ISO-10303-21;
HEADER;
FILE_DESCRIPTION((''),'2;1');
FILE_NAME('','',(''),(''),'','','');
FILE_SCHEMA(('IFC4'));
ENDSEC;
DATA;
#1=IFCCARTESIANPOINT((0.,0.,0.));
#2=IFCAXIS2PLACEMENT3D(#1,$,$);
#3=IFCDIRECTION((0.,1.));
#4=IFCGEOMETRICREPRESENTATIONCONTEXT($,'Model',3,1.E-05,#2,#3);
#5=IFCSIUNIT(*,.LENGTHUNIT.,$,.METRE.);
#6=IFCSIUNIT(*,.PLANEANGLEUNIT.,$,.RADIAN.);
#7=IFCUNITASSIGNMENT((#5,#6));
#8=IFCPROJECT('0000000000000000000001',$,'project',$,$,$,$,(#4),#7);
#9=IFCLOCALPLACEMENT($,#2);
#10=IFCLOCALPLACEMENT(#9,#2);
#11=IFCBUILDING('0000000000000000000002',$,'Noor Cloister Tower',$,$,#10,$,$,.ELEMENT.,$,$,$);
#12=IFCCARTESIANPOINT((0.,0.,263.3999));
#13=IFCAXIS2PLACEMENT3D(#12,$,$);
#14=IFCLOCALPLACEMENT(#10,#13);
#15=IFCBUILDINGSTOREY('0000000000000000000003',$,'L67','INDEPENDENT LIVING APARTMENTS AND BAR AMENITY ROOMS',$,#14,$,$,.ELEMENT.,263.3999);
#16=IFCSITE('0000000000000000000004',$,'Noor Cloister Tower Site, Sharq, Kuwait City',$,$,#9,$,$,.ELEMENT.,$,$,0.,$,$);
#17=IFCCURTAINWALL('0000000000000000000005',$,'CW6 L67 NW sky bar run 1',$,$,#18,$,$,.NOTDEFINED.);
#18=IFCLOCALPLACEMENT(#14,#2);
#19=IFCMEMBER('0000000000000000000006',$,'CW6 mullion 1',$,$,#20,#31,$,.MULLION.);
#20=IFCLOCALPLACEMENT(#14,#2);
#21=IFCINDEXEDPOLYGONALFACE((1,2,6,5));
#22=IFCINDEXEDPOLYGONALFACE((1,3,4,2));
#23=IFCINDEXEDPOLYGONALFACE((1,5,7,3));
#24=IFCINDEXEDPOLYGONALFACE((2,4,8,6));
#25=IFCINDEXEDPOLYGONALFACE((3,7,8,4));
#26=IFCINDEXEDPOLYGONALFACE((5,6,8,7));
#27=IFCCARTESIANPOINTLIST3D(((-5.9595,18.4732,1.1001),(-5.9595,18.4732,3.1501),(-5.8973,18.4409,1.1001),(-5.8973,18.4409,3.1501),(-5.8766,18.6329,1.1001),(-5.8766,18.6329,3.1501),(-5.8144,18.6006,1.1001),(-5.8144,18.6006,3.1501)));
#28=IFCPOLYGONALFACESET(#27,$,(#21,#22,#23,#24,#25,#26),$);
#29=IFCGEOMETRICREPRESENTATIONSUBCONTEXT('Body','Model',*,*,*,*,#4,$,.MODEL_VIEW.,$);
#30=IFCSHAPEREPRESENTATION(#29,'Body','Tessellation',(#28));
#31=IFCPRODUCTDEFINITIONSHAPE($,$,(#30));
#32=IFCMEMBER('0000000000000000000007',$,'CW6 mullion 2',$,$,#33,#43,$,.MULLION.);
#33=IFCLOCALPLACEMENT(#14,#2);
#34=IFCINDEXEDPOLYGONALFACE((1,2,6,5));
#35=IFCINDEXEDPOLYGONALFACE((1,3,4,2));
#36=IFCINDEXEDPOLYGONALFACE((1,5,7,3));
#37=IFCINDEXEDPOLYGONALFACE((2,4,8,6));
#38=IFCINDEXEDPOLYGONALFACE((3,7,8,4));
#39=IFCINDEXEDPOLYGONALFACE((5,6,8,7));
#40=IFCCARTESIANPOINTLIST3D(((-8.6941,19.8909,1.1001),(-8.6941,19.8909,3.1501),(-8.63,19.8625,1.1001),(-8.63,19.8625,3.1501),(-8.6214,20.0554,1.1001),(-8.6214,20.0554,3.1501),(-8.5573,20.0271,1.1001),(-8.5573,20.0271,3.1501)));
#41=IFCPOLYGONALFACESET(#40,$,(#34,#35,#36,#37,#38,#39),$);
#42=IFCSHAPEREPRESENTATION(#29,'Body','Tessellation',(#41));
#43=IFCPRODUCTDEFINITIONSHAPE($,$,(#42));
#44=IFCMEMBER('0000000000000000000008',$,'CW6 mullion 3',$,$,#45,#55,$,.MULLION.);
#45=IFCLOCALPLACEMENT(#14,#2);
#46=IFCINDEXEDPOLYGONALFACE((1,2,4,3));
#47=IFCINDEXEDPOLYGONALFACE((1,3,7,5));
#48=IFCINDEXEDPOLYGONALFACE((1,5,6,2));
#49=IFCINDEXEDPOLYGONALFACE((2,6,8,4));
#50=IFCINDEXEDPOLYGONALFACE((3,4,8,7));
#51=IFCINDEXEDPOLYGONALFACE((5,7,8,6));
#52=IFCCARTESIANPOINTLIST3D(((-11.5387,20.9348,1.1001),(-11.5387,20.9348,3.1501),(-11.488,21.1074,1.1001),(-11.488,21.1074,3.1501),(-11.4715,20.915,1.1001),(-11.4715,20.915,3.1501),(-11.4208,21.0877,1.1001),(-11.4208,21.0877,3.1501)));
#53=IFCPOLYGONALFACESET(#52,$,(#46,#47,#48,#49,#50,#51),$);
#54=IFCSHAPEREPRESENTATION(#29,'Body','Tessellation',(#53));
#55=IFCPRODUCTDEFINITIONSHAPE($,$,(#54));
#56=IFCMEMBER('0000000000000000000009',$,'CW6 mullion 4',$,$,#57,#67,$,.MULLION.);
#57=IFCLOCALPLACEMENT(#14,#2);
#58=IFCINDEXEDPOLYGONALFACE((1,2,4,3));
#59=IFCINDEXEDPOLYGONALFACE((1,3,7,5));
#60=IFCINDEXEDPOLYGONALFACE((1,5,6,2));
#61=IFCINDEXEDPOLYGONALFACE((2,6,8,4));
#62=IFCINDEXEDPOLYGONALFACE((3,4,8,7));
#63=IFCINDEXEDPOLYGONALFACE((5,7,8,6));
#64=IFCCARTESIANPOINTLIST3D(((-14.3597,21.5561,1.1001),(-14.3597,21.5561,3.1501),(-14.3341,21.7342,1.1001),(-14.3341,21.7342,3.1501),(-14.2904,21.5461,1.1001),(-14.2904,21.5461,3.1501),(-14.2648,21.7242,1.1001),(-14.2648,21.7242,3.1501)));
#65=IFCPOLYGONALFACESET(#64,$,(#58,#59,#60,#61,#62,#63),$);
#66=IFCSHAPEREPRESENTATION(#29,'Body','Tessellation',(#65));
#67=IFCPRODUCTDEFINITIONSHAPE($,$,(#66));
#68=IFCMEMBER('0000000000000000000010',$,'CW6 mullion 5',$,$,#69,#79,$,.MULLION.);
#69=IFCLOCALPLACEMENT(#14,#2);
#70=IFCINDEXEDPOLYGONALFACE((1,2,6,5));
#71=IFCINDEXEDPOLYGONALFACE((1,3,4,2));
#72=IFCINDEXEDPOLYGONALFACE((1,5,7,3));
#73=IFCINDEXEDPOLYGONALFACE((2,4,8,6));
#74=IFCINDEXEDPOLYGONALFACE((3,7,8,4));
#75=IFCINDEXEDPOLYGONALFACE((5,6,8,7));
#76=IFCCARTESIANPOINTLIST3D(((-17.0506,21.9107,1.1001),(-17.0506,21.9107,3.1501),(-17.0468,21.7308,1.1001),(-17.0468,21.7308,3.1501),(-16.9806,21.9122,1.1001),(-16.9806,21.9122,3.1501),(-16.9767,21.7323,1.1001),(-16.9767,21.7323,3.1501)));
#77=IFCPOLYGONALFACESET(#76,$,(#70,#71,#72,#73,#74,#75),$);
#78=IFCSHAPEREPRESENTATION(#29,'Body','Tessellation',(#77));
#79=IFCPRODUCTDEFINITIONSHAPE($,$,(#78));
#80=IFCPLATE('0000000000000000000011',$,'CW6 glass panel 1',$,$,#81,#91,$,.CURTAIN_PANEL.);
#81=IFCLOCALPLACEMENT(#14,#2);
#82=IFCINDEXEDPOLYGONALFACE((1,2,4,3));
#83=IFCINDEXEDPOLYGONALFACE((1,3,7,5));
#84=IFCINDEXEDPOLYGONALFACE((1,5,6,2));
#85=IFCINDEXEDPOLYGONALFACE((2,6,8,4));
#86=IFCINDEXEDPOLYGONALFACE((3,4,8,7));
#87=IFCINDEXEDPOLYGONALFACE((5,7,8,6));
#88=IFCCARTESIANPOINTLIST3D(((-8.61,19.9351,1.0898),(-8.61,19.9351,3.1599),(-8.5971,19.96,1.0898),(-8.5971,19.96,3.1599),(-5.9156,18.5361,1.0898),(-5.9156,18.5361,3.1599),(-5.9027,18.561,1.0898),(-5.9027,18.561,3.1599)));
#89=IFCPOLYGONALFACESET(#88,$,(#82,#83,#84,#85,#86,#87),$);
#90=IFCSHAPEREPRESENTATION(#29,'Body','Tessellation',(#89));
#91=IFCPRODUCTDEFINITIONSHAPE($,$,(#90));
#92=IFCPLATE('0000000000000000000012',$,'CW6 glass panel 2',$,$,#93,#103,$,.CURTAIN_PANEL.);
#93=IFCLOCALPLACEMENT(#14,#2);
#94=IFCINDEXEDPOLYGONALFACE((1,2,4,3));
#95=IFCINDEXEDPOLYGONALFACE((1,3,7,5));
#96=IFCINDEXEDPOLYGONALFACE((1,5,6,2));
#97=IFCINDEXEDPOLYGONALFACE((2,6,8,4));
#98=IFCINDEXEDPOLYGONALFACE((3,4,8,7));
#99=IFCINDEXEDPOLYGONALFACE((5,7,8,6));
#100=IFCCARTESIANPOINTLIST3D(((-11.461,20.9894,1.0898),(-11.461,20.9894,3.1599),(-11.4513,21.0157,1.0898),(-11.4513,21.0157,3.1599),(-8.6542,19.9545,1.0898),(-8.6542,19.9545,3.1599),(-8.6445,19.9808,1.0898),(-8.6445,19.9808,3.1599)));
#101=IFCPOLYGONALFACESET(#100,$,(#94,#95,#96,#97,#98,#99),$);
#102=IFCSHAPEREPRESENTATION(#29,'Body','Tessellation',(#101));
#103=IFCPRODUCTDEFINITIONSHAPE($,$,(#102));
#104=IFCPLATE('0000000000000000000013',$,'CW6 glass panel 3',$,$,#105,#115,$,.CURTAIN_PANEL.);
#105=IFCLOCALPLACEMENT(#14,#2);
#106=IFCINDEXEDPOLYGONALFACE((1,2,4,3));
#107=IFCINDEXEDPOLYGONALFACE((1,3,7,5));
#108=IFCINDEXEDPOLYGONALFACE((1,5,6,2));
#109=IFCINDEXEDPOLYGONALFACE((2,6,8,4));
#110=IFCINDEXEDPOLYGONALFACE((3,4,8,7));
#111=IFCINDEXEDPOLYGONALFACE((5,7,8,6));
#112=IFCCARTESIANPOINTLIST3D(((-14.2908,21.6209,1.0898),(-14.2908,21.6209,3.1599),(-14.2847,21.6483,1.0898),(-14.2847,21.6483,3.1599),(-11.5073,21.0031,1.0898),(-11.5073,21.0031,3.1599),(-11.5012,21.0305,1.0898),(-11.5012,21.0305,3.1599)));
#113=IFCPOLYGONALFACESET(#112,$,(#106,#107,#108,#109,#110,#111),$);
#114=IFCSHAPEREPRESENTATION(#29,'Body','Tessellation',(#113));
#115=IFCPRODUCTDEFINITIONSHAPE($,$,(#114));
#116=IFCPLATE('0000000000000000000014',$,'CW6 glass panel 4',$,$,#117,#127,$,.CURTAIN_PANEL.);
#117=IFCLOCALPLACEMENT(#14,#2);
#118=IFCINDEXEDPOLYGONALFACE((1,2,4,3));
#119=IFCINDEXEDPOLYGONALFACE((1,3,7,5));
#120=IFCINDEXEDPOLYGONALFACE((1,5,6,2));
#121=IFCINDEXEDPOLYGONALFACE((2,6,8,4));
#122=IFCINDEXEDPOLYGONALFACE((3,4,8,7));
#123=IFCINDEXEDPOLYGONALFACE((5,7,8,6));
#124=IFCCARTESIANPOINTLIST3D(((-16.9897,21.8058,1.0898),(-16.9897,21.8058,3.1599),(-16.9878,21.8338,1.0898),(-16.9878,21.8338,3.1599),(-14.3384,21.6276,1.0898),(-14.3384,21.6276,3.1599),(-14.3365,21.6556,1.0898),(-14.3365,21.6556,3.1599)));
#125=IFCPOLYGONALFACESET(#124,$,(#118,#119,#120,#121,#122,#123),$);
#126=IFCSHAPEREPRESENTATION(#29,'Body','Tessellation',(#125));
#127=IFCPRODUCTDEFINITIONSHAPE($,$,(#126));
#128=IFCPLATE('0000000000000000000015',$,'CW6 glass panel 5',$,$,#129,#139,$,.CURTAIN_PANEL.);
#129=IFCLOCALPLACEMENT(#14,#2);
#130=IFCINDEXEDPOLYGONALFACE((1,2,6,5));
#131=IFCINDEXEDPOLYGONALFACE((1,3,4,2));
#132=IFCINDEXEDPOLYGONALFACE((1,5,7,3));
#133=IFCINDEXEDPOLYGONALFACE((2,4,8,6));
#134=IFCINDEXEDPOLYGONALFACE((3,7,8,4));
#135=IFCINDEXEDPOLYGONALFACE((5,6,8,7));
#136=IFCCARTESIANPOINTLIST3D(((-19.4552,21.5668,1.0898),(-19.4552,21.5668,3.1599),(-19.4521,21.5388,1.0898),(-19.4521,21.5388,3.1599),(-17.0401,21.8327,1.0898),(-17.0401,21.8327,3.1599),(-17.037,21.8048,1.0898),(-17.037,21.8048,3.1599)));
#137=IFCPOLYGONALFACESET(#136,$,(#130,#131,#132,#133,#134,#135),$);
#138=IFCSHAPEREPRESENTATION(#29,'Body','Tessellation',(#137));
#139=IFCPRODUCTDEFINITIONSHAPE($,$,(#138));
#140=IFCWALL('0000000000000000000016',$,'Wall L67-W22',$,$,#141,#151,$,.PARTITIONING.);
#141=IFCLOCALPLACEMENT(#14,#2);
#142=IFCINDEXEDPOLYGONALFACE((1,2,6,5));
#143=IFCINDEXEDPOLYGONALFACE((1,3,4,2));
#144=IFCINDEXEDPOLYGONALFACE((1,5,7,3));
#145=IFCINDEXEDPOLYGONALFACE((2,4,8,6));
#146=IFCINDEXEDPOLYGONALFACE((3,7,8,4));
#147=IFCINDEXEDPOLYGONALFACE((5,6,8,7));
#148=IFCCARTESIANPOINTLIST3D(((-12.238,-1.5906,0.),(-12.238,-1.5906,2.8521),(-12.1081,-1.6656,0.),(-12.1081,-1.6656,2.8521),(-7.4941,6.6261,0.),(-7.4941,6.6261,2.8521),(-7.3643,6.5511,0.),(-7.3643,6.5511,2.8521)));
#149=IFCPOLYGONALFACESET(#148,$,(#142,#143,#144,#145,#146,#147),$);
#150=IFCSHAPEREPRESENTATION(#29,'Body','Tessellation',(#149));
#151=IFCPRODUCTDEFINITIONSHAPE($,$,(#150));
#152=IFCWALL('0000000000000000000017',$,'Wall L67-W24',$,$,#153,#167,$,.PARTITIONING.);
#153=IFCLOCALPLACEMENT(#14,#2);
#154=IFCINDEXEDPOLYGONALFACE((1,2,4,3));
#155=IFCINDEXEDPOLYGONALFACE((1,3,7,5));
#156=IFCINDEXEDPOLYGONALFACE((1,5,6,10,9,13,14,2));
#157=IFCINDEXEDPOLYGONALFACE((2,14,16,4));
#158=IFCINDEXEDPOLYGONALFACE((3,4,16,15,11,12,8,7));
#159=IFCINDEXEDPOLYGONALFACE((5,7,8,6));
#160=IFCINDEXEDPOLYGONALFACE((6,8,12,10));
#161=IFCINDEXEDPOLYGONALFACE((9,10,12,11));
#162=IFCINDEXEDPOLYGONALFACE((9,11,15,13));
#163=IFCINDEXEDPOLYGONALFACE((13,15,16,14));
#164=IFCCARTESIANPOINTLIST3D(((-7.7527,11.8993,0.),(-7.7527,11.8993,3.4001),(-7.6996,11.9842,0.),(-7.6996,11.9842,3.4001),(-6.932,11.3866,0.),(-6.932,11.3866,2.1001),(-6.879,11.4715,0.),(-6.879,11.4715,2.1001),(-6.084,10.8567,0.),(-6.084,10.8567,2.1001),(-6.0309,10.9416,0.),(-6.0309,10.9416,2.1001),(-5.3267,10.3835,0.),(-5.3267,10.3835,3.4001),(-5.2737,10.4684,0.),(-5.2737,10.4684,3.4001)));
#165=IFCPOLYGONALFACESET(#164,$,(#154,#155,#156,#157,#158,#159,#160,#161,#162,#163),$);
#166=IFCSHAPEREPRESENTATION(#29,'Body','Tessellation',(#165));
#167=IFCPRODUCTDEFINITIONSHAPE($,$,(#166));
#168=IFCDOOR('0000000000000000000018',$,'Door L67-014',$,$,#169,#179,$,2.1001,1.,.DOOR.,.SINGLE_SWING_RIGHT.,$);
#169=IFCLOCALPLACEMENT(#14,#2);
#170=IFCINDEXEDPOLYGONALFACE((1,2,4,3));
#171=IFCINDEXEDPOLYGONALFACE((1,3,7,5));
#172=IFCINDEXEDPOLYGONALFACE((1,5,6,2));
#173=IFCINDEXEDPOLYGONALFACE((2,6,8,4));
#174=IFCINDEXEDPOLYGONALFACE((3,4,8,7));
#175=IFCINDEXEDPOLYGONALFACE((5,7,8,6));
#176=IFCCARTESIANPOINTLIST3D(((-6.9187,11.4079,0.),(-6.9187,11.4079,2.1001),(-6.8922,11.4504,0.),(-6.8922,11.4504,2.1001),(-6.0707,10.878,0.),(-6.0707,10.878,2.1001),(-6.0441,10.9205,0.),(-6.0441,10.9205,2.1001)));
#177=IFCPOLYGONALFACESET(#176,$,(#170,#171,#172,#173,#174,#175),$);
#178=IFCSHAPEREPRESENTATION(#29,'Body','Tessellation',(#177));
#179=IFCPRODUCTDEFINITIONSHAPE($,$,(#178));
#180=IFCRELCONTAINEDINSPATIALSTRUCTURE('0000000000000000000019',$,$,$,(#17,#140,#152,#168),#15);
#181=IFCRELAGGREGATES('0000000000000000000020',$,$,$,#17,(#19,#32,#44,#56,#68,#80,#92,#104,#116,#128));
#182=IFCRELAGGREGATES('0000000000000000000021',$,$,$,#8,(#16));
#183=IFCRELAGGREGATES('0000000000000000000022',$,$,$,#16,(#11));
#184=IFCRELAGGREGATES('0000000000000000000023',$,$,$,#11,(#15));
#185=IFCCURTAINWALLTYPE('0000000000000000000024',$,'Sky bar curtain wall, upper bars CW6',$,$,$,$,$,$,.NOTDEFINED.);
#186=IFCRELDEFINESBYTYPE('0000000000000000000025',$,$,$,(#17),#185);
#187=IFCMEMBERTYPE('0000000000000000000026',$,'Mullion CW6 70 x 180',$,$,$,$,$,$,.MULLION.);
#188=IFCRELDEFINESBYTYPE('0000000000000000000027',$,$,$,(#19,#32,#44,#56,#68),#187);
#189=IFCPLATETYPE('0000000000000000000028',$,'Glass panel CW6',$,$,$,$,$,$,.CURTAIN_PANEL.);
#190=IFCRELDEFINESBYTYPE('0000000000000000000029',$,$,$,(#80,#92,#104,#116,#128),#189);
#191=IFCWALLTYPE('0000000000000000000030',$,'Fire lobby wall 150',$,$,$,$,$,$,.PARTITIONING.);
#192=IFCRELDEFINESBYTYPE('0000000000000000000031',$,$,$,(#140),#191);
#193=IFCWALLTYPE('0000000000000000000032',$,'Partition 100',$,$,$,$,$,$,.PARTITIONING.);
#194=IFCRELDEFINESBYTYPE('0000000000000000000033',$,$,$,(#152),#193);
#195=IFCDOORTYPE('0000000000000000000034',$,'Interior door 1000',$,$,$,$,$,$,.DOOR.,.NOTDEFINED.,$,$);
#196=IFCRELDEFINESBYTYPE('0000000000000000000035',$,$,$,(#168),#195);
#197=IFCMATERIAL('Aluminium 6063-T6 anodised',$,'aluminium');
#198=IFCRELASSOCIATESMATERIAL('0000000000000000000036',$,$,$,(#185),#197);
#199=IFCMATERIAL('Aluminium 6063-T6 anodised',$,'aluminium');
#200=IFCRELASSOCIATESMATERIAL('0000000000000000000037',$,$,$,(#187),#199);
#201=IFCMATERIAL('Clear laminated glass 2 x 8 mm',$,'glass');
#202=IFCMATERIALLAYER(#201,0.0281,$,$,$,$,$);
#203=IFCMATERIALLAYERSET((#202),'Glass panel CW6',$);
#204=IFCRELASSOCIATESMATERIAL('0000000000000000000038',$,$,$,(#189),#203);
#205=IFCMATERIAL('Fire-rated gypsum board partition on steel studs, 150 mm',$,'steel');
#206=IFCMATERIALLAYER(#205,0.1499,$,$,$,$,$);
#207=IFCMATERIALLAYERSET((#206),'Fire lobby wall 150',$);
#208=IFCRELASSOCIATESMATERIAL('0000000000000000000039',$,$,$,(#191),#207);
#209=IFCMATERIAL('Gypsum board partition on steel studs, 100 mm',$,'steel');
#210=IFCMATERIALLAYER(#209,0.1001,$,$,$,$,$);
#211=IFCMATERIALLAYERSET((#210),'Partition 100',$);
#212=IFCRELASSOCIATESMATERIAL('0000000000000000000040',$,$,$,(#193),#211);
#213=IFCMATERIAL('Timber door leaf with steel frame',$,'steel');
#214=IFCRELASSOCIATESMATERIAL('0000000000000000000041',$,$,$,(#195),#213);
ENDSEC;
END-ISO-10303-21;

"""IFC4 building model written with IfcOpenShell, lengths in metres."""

from ifc_helpers import new_model, si_unit, direction, frame, frame_2d, origin, origin_2d, place, context, subcontext, project, spatial, rectangle, extrude, material, layer, layer_set, material_profile, profile_set, type_object, element, fill, aggregate, save


model = new_model("IFC4")

# Units and contexts
model_context = context("Model", 3, precision=1e-05, world=origin(), true_north=direction((0.0, 1.0)))
body_context = subcontext(model_context, "Body", "Model", "MODEL_VIEW")
ifc_project = project(units=[si_unit("LENGTHUNIT", "METRE"), si_unit("PLANEANGLEUNIT", "RADIAN")], contexts=[model_context])

# Site, building, storey
site_placement = place(None, origin())
site = spatial("IfcSite", under=ifc_project, at=site_placement, Name="Noor Cloister Tower Site, Sharq, Kuwait City", CompositionType="ELEMENT", RefElevation=0.0)
building_placement = place(site_placement, origin())
building = spatial("IfcBuilding", under=site, at=building_placement, Name="Noor Cloister Tower", CompositionType="ELEMENT")
storey_placement = place(building_placement, frame((0.0, 0.0, 263.3999)))
storey = spatial("IfcBuildingStorey", under=building, at=storey_placement, Name="L67", Description="INDEPENDENT LIVING APARTMENTS AND BAR AMENITY ROOMS", CompositionType="ELEMENT", Elevation=263.3999)

# Curtain wall, members, plates
ifc_material_1 = material(Name="Aluminium 6063-T6 anodised", Category="aluminium")
curtain_wall_type = type_object("IfcCurtainWallType", Name="Sky bar curtain wall, upper bars CW6", PredefinedType="NOTDEFINED", material=ifc_material_1)
curtain_wall_placement = place(storey_placement, origin())
curtain_wall = element("IfcCurtainWall", 1, at=curtain_wall_placement, inside=storey, type_object=curtain_wall_type, Name="CW6 L67 NW sky bar run 1", PredefinedType="NOTDEFINED")
ifc_material_2 = material(Name="Aluminium 6063-T6 anodised", Category="aluminium")
ifc_material_profile_1 = material_profile(ifc_material_2, rectangle(XDim=0.1799, YDim=0.0701, at=origin_2d()), Name="180 x 70 mullion")
ifc_profile_set_1 = profile_set([ifc_material_profile_1], Name="Aluminium 6063-T6 anodised")
member_type = type_object("IfcMemberType", Name="Mullion CW6 70 x 180", PredefinedType="MULLION", material=ifc_profile_set_1)
member_1_placement = place(storey_placement, frame((-5.887, 18.5369, 1.1001), z_axis=(0.0, 0.0, 1.0), x_axis=(-0.460812, -0.887498, 0.0)))
member_1 = element("IfcMember", 2, at=member_1_placement, type_object=member_type, Name="CW6 mullion 1", PredefinedType="MULLION", context=body_context, shape_type="SweptSolid", body=[
    extrude(rectangle(XDim=0.1799, YDim=0.0701, at=origin_2d()), origin(), (0.0, 0.0, 1.0), 2.05),
])
member_2_placement = place(storey_placement, frame((-8.6257, 19.959, 1.1001), z_axis=(0.0, 0.0, 1.0), x_axis=(-0.404177, -0.914681, 0.0)))
member_2 = element("IfcMember", 3, at=member_2_placement, type_object=member_type, Name="CW6 mullion 2", PredefinedType="MULLION", context=body_context, shape_type="SweptSolid", body=[
    extrude(rectangle(XDim=0.1799, YDim=0.0701, at=origin_2d()), origin(), (0.0, 0.0, 1.0), 2.05),
])
member_3_placement = place(storey_placement, frame((-11.4797, 21.0112, 1.1001), z_axis=(0.0, 0.0, 1.0), x_axis=(-0.281958, -0.959427, 0.0)))
member_3 = element("IfcMember", 4, at=member_3_placement, type_object=member_type, Name="CW6 mullion 3", PredefinedType="MULLION", context=body_context, shape_type="SweptSolid", body=[
    extrude(rectangle(XDim=0.1799, YDim=0.0701, at=origin_2d()), origin(), (0.0, 0.0, 1.0), 2.05),
])
member_4_placement = place(storey_placement, frame((-14.3123, 21.6401, 1.1001), z_axis=(0.0, 0.0, 1.0), x_axis=(-0.142274, -0.989827, 0.0)))
member_4 = element("IfcMember", 5, at=member_4_placement, type_object=member_type, Name="CW6 mullion 4", PredefinedType="MULLION", context=body_context, shape_type="SweptSolid", body=[
    extrude(rectangle(XDim=0.1799, YDim=0.0701, at=origin_2d()), origin(), (0.0, 0.0, 1.0), 2.05),
])
member_5_placement = place(storey_placement, frame((-17.0137, 21.8215, 1.1001), z_axis=(0.0, 0.0, 1.0), x_axis=(0.021296, -0.999773, 0.0)))
member_5 = element("IfcMember", 6, at=member_5_placement, type_object=member_type, Name="CW6 mullion 5", PredefinedType="MULLION", context=body_context, shape_type="SweptSolid", body=[
    extrude(rectangle(XDim=0.1799, YDim=0.0701, at=origin_2d()), origin(), (0.0, 0.0, 1.0), 2.05),
])
ifc_material_3 = material(Name="Clear laminated glass 2 x 8 mm", Category="glass")
ifc_layer_1 = layer(ifc_material_3, 0.0281)
ifc_layer_set_1 = layer_set([ifc_layer_1], Name="Glass panel CW6")
plate_type = type_object("IfcPlateType", Name="Glass panel CW6", PredefinedType="CURTAIN_PANEL", material=ifc_layer_set_1)
plate_1_placement = place(storey_placement, frame((-7.2563, 19.248, 1.0898), z_axis=(0.0, 0.0, 1.0), x_axis=(-0.887498, 0.460812, 0.0)))
plate_1 = element("IfcPlate", 7, at=plate_1_placement, type_object=plate_type, Name="CW6 glass panel 1", PredefinedType="CURTAIN_PANEL", context=body_context, shape_type="SweptSolid", body=[
    extrude(rectangle(XDim=3.0359, YDim=0.0281, at=origin_2d()), origin(), (0.0, 0.0, 1.0), 2.0701),
])
plate_2_placement = place(storey_placement, frame((-10.0527, 20.4851, 1.0898), z_axis=(0.0, 0.0, 1.0), x_axis=(-0.938254, 0.345947, 0.0)))
plate_2 = element("IfcPlate", 8, at=plate_2_placement, type_object=plate_type, Name="CW6 glass panel 2", PredefinedType="CURTAIN_PANEL", context=body_context, shape_type="SweptSolid", body=[
    extrude(rectangle(XDim=2.9915, YDim=0.0281, at=origin_2d()), origin(), (0.0, 0.0, 1.0), 2.0701),
])
plate_3_placement = place(storey_placement, frame((-12.896, 21.3257, 1.0898), z_axis=(0.0, 0.0, 1.0), x_axis=(-0.976241, 0.216688, 0.0)))
plate_3 = element("IfcPlate", 9, at=plate_3_placement, type_object=plate_type, Name="CW6 glass panel 3", PredefinedType="CURTAIN_PANEL", context=body_context, shape_type="SweptSolid", body=[
    extrude(rectangle(XDim=2.8513, YDim=0.0281, at=origin_2d()), origin(), (0.0, 0.0, 1.0), 2.0701),
])
plate_4_placement = place(storey_placement, frame((-15.6631, 21.7307, 1.0898), z_axis=(0.0, 0.0, 1.0), x_axis=(-0.99775, 0.067046, 0.0)))
plate_4 = element("IfcPlate", 10, at=plate_4_placement, type_object=plate_type, Name="CW6 glass panel 4", PredefinedType="CURTAIN_PANEL", context=body_context, shape_type="SweptSolid", body=[
    extrude(rectangle(XDim=2.6572, YDim=0.0281, at=origin_2d()), origin(), (0.0, 0.0, 1.0), 2.0701),
])
plate_5_placement = place(storey_placement, frame((-18.2461, 21.6858, 1.0898), z_axis=(0.0, 0.0, 1.0), x_axis=(-0.99399, -0.109471, 0.0)))
plate_5 = element("IfcPlate", 11, at=plate_5_placement, type_object=plate_type, Name="CW6 glass panel 5", PredefinedType="CURTAIN_PANEL", context=body_context, shape_type="SweptSolid", body=[
    extrude(rectangle(XDim=2.4297, YDim=0.0281, at=origin_2d()), origin(), (0.0, 0.0, 1.0), 2.0701),
])
aggregate(curtain_wall, [member_1, member_2, member_3, member_4, member_5, plate_1, plate_2, plate_3, plate_4, plate_5])

# Wall
ifc_material_4 = material(Name="Fire-rated gypsum board partition on steel studs, 150 mm", Category="steel")
ifc_layer_2 = layer(ifc_material_4, 0.1499)
ifc_layer_set_2 = layer_set([ifc_layer_2], Name="Fire lobby wall 150")
wall_type_1 = type_object("IfcWallType", Name="Fire lobby wall 150", PredefinedType="PARTITIONING", material=ifc_layer_set_2)
wall_1_placement = place(storey_placement, frame((-7.4292, 6.5886, 0.0), z_axis=(0.0, 0.0, 1.0), x_axis=(-0.499994, -0.866029, 0.0)))
element("IfcWall", 12, at=wall_1_placement, inside=storey, type_object=wall_type_1, Name="Wall L67-W22", PredefinedType="PARTITIONING", context=body_context, shape_type="SweptSolid", body=[
    extrude(rectangle(XDim=9.4878, YDim=0.1499, at=frame_2d((4.7439, 0.0))), origin(), (0.0, 0.0, 1.0), 2.8521),
])

# Wall, opening, door
ifc_material_5 = material(Name="Gypsum board partition on steel studs, 100 mm", Category="steel")
ifc_layer_3 = layer(ifc_material_5, 0.1001)
ifc_layer_set_3 = layer_set([ifc_layer_3], Name="Partition 100")
wall_type_2 = type_object("IfcWallType", Name="Partition 100", PredefinedType="PARTITIONING", material=ifc_layer_set_3)
wall_2_placement = place(storey_placement, frame((-5.3003, 10.426, 0.0), z_axis=(0.0, 0.0, 1.0), x_axis=(-0.848061, 0.529899, 0.0)))
wall_2 = element("IfcWall", 13, at=wall_2_placement, inside=storey, type_object=wall_type_2, Name="Wall L67-W24", PredefinedType="PARTITIONING", context=body_context, shape_type="SweptSolid", body=[
    extrude(rectangle(XDim=2.8606, YDim=0.1001, at=frame_2d((1.4302, 0.0))), origin(), (0.0, 0.0, 1.0), 3.4001),
])
opening_1_placement = place(wall_2_placement, frame((0.8928, 0.0, 0.0)))
opening_1 = element("IfcOpeningElement", 14, at=opening_1_placement, cuts=wall_2, PredefinedType="OPENING", context=body_context, shape_type="SweptSolid", body=[
    extrude(rectangle(XDim=1.0, YDim=2.1001, at=frame_2d((0.5, 1.05))), frame((0.0, 0.0601, 0.0), z_axis=(0.0, -1.0, 0.0), x_axis=(1.0, 0.0, 0.0)), (0.0, 0.0, 1.0), 0.1201),
])
ifc_material_6 = material(Name="Timber door leaf with steel frame", Category="steel")
door_type_1 = type_object("IfcDoorType", Name="Interior door 1000", OperationType="NOTDEFINED", PredefinedType="DOOR", material=ifc_material_6)
door_1_placement = place(opening_1_placement, origin())
door_1 = element("IfcDoor", 15, at=door_1_placement, inside=storey, type_object=door_type_1, Name="Door L67-014", OperationType="SINGLE_SWING_RIGHT", OverallHeight=2.1001, OverallWidth=1.0, PredefinedType="DOOR", context=body_context, shape_type="SweptSolid", body=[
    extrude(rectangle(XDim=1.0, YDim=2.1001, at=frame_2d((0.5, 1.05))), frame((0.0, 0.0249, 0.0), z_axis=(0.0, -1.0, 0.0), x_axis=(1.0, 0.0, 0.0)), (0.0, 0.0, 1.0), 0.05),
])
fill(opening_1, door_1)

save(model, "model.ifc")
